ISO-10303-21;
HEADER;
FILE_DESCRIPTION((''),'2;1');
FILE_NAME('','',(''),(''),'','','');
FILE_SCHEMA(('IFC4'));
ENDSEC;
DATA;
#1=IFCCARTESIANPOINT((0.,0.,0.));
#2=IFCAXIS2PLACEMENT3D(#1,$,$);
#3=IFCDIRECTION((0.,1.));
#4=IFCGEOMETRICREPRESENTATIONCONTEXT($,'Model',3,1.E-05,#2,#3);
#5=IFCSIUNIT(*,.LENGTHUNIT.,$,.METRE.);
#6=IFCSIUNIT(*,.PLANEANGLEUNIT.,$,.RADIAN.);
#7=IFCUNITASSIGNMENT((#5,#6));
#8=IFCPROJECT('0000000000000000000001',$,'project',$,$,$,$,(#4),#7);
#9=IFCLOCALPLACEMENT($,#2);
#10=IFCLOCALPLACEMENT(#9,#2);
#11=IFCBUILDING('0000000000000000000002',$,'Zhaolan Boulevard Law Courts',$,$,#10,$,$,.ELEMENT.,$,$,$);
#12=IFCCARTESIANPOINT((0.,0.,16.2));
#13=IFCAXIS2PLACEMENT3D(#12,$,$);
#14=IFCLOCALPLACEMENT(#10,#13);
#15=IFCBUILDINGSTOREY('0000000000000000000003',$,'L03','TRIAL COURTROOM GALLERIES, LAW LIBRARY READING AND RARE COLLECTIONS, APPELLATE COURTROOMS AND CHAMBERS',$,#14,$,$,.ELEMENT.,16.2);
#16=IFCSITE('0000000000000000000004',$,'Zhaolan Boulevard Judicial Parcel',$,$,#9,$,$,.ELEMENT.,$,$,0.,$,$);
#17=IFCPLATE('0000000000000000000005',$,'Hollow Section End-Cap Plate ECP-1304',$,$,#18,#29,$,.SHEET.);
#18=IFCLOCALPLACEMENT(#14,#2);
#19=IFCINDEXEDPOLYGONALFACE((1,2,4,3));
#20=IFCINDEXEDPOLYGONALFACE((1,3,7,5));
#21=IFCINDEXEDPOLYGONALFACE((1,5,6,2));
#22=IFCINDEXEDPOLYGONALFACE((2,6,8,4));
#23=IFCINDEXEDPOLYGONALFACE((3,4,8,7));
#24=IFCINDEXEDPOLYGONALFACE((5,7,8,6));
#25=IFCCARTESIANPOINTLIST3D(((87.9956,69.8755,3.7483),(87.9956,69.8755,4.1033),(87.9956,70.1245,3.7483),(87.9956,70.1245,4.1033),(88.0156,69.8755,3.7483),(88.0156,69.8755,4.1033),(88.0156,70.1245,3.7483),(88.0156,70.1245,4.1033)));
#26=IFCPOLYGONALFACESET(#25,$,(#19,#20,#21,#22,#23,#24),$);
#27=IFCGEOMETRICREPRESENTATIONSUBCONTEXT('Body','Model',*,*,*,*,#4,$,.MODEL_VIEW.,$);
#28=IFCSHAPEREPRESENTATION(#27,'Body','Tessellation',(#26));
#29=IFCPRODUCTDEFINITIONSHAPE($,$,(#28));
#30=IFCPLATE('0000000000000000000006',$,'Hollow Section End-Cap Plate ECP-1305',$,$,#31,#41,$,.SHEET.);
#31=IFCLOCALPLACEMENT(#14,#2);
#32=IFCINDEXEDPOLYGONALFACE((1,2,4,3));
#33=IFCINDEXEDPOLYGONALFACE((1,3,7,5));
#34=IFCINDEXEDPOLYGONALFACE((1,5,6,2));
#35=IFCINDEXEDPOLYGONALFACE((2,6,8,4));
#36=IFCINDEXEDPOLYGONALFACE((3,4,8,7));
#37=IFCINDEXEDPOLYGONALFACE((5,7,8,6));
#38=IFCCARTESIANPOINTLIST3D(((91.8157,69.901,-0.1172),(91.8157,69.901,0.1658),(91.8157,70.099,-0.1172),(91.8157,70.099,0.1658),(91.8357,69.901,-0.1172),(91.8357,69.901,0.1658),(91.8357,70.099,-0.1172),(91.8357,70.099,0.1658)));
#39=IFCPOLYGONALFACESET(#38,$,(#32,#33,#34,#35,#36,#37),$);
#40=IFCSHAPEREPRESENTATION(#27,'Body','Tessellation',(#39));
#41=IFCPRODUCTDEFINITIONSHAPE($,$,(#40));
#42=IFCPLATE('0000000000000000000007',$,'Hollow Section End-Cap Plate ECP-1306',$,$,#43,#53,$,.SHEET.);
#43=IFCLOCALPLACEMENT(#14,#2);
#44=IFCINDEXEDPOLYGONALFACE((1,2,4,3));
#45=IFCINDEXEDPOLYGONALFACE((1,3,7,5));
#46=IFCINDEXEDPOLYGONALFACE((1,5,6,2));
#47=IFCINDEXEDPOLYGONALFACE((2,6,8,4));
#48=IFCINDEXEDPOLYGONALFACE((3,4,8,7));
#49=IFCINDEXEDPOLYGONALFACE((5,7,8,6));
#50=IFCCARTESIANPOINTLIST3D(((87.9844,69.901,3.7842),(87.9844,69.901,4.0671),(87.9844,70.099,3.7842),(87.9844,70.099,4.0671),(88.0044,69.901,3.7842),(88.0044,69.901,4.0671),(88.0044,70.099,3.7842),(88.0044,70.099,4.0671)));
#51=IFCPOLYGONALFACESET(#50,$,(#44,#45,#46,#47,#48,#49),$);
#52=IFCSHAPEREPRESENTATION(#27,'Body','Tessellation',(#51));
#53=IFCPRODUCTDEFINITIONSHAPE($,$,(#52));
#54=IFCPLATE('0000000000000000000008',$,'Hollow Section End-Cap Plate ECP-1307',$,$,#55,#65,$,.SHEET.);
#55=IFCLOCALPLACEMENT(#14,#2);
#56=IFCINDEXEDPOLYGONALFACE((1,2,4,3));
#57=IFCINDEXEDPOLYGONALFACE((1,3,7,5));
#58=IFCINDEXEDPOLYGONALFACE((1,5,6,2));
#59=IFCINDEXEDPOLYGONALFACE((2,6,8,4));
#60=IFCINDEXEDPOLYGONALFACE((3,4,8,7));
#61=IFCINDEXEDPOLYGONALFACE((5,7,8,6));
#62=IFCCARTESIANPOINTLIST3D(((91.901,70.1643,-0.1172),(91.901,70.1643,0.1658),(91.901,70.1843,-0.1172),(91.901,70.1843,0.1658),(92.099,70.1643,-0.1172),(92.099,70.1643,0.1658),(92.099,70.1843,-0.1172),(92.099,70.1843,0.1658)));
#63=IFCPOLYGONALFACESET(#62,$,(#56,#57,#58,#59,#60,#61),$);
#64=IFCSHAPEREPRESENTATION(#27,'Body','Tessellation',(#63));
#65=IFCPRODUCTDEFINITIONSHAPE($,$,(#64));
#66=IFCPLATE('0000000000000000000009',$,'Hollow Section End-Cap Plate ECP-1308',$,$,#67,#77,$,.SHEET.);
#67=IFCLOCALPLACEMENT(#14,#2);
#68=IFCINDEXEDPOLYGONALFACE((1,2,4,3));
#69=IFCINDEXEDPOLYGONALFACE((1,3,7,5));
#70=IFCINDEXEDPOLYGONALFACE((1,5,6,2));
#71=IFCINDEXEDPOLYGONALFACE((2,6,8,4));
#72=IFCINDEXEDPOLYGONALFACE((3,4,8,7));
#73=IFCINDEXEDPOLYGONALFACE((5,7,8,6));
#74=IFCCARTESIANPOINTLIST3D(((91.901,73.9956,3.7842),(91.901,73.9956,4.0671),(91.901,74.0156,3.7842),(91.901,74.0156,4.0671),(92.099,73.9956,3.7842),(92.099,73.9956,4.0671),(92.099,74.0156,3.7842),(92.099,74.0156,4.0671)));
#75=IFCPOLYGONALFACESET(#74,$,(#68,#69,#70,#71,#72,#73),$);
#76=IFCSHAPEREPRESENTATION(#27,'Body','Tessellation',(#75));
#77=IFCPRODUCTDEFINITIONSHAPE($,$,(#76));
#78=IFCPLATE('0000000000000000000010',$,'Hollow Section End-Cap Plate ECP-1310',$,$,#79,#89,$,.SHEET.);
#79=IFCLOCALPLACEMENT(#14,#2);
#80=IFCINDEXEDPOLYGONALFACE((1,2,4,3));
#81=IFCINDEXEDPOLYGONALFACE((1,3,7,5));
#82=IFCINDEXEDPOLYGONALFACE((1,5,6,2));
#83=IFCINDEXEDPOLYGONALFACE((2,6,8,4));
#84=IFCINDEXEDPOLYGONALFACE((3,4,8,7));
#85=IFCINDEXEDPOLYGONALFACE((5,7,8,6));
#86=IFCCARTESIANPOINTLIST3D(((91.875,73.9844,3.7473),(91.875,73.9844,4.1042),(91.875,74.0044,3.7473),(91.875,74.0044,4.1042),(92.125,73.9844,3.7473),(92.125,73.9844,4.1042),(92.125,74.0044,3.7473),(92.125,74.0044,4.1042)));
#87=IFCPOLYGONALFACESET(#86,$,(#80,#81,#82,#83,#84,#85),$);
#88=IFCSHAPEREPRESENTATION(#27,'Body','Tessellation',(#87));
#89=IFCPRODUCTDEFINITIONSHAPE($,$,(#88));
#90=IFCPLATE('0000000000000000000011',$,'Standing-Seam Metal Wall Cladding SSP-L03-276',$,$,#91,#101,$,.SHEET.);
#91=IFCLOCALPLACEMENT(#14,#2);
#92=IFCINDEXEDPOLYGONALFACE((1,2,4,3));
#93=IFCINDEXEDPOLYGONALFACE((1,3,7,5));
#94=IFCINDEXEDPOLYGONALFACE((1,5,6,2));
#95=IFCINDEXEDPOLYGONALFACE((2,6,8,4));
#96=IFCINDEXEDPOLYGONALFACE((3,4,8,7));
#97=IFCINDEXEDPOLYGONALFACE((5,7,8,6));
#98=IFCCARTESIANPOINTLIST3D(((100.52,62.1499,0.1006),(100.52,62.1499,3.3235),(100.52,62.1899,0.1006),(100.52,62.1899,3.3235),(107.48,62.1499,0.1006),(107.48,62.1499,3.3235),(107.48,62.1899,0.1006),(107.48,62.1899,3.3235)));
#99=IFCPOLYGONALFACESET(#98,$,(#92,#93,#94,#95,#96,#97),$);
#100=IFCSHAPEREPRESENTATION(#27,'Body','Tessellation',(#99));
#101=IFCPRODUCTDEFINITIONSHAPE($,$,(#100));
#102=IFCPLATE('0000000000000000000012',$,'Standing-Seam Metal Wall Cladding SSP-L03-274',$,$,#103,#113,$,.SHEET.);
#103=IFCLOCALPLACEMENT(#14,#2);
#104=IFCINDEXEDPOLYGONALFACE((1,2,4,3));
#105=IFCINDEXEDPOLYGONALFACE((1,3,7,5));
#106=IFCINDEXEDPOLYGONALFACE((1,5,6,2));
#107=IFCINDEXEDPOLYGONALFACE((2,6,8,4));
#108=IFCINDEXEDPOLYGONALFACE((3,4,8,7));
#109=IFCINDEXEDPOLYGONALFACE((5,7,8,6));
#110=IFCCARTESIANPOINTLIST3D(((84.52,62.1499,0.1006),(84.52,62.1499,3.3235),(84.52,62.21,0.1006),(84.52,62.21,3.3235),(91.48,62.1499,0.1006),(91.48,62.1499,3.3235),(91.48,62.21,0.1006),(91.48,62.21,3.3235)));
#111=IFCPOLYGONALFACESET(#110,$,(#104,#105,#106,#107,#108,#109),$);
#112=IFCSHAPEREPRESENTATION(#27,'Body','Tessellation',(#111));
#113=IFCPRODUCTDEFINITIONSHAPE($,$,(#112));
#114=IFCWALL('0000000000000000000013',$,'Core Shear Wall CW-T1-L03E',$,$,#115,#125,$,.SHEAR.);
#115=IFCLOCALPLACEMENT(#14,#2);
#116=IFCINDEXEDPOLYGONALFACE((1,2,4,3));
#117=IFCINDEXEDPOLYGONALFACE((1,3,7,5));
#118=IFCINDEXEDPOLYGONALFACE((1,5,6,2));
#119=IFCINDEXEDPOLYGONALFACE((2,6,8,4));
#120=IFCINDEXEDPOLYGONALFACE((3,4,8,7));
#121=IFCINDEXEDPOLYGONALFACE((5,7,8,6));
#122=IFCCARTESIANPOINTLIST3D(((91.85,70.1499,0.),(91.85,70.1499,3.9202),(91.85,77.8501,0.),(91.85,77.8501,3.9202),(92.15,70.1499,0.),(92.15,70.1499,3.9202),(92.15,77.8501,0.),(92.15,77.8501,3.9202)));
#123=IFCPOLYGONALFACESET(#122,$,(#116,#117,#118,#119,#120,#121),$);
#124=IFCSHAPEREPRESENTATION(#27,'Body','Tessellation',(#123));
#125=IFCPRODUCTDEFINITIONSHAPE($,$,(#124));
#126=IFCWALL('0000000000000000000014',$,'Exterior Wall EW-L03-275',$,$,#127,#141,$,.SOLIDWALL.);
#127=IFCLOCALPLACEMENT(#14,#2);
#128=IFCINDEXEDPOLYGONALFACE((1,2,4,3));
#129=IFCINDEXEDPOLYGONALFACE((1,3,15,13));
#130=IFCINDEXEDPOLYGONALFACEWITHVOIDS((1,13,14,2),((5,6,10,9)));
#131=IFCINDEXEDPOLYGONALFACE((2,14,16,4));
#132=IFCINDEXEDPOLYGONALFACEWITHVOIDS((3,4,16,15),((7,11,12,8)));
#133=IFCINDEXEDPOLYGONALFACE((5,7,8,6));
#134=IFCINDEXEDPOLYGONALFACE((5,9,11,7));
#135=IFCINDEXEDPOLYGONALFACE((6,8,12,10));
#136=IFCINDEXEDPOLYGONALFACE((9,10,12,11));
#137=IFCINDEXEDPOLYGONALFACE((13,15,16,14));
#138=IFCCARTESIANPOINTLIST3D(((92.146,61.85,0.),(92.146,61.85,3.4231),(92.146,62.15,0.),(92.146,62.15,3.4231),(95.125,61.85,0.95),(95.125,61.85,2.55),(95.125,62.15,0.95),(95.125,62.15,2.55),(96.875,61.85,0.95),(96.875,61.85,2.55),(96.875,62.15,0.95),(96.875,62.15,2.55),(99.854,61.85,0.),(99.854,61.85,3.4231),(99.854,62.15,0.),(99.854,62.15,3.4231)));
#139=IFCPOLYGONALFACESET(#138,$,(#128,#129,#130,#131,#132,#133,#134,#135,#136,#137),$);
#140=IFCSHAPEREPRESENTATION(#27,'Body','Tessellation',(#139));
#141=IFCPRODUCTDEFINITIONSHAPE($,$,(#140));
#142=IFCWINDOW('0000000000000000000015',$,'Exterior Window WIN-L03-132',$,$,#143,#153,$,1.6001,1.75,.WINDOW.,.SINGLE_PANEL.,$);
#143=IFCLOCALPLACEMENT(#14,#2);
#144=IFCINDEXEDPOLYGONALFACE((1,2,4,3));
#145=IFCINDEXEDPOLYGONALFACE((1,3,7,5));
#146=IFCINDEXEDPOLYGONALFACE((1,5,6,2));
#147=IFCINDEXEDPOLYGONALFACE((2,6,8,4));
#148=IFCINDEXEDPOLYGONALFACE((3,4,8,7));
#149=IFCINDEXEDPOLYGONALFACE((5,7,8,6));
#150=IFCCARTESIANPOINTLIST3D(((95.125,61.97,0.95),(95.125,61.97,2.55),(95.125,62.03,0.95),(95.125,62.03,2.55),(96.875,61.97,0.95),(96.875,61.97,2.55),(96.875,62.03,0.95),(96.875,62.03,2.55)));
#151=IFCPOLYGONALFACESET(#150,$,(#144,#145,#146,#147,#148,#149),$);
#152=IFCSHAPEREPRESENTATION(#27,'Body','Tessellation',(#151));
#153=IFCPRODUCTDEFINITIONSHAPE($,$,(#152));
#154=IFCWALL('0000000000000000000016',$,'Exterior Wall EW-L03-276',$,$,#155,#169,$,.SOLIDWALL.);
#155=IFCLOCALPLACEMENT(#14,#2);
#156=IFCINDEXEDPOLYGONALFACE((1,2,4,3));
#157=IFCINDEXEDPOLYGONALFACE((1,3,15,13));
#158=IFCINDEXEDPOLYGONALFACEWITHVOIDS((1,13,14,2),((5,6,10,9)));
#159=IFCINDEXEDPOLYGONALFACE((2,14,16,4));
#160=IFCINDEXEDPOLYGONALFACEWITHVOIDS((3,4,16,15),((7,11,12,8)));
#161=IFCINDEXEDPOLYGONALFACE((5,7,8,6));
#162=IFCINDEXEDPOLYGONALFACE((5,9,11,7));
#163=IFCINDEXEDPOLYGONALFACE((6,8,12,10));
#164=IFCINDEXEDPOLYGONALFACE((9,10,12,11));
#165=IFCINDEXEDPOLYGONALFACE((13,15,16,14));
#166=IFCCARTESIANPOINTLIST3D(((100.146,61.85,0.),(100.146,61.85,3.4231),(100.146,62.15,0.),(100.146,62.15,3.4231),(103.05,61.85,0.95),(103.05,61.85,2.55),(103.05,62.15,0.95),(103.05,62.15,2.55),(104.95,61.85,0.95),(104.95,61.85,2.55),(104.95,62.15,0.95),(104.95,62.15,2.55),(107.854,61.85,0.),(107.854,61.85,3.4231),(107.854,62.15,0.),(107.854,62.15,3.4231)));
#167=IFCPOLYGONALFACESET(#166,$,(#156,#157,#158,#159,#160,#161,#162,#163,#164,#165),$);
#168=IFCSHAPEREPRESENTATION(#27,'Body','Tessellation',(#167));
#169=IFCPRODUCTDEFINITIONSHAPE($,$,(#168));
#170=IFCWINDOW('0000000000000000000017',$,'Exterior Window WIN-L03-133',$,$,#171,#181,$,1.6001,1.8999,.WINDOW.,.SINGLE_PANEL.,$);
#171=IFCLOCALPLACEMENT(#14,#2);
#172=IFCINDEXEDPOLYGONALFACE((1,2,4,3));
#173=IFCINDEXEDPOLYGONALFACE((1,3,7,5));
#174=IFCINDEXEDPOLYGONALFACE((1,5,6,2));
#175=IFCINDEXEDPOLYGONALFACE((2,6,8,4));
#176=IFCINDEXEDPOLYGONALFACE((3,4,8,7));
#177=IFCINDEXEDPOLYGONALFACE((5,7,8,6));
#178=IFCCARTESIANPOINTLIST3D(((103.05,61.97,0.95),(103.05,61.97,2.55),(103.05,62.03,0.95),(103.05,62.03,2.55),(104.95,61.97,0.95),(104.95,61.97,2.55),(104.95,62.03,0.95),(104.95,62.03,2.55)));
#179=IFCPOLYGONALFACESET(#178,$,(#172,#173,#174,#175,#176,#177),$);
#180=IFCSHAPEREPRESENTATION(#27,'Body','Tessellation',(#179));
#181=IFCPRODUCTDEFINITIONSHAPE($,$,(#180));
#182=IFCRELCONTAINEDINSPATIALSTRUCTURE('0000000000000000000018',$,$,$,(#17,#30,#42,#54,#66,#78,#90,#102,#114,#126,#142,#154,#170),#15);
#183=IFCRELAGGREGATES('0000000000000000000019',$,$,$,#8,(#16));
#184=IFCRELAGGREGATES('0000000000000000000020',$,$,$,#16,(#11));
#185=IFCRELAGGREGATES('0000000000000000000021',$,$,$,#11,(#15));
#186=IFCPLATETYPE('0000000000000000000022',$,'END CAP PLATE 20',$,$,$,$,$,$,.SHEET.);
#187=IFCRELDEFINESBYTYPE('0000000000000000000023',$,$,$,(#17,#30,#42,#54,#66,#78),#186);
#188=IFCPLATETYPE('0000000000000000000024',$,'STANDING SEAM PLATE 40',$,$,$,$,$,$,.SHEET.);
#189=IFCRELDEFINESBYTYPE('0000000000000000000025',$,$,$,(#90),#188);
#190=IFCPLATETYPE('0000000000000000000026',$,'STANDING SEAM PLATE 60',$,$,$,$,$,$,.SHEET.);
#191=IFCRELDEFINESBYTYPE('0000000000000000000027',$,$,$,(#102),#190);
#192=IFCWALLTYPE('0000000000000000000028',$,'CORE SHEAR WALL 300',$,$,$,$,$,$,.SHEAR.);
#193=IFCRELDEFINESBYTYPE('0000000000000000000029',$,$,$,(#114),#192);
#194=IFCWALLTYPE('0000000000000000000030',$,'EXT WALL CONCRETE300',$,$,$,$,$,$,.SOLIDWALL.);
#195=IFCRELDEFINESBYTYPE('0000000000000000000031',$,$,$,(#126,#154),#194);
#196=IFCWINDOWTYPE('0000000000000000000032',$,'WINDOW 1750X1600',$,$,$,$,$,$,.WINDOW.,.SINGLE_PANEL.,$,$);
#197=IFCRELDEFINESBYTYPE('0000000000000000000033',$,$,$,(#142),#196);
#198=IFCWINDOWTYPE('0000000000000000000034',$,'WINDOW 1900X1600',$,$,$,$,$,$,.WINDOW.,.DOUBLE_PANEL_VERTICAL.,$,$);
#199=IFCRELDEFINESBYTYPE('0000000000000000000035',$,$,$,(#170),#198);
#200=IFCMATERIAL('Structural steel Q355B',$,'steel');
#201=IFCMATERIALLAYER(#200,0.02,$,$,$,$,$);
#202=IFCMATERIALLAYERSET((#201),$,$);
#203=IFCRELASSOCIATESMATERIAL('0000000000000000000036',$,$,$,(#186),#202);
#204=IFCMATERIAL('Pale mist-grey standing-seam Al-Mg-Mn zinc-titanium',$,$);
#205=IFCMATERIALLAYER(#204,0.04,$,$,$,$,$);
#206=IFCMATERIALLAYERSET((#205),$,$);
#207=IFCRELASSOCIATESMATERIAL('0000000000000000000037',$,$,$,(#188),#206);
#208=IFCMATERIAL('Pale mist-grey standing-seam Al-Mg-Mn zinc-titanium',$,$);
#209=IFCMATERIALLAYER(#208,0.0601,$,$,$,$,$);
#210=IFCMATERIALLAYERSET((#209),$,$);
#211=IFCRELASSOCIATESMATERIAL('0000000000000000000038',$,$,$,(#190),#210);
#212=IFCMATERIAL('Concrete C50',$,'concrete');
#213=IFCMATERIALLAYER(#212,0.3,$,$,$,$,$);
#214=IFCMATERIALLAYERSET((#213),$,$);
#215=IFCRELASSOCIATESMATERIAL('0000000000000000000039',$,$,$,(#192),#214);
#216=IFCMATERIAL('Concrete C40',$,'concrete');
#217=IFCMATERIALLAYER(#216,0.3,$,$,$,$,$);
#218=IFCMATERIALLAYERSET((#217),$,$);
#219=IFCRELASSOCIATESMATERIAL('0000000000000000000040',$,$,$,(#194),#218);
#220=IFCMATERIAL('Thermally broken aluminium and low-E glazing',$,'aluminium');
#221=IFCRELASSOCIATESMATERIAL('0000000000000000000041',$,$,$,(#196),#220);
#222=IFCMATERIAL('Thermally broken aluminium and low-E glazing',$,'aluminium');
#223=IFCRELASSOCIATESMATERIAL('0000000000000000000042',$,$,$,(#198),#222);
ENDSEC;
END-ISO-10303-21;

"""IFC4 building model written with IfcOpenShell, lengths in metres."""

from ifc_helpers import new_model, si_unit, direction, frame, frame_2d, origin, origin_2d, place, context, subcontext, project, spatial, rectangle, extrude, material, layer, layer_set, type_object, element, fill, save


model = new_model("IFC4")

# Units and contexts
model_context = context("Model", 3, precision=1e-05, world=origin(), true_north=direction((0.0, 1.0)))
body_context = subcontext(model_context, "Body", "Model", "MODEL_VIEW")
ifc_project = project(units=[si_unit("LENGTHUNIT", "METRE"), si_unit("PLANEANGLEUNIT", "RADIAN")], contexts=[model_context])

# Site, building, storey
site_placement = place(None, origin())
site = spatial("IfcSite", under=ifc_project, at=site_placement, Name="Zhaolan Boulevard Judicial Parcel", CompositionType="ELEMENT", RefElevation=0.0)
building_placement = place(site_placement, origin())
building = spatial("IfcBuilding", under=site, at=building_placement, Name="Zhaolan Boulevard Law Courts", CompositionType="ELEMENT")
storey_placement = place(building_placement, frame((0.0, 0.0, 16.2)))
storey = spatial("IfcBuildingStorey", under=building, at=storey_placement, Name="L03", Description="TRIAL COURTROOM GALLERIES, LAW LIBRARY READING AND RARE COLLECTIONS, APPELLATE COURTROOMS AND CHAMBERS", CompositionType="ELEMENT", Elevation=16.2)

# Plates
ifc_material_1 = material(Name="Structural steel Q355B", Category="steel")
ifc_layer_1 = layer(ifc_material_1, 0.02)
ifc_layer_set_1 = layer_set([ifc_layer_1])
plate_type_1 = type_object("IfcPlateType", Name="END CAP PLATE 20", PredefinedType="SHEET", material=ifc_layer_set_1)
plate_1_placement = place(storey_placement, frame((88.0056, 70.0, 3.7483), z_axis=(0.0, 0.0, 1.0), x_axis=(1.0, 0.0, 0.0)))
element("IfcPlate", 1, at=plate_1_placement, inside=storey, type_object=plate_type_1, Name="Hollow Section End-Cap Plate ECP-1304", PredefinedType="SHEET", context=body_context, shape_type="SweptSolid", body=[
    extrude(rectangle(XDim=0.02, YDim=0.249, at=origin_2d()), origin(), (0.0, 0.0, 1.0), 0.355),
])
for number, where, z_axis, x_axis, name in (
    (2, (91.8257, 70.0, -0.1172), (0.0, 0.0, 1.0), (-1.0, 0.0, 0.0), "Hollow Section End-Cap Plate ECP-1305"),
    (3, (87.9944, 70.0, 3.7842), (0.0, 0.0, 1.0), (-1.0, 0.0, 0.0), "Hollow Section End-Cap Plate ECP-1306"),
    (4, (92.0, 70.1743, -0.1172), (0.0, 0.0, 1.0), (0.0, 1.0, 0.0), "Hollow Section End-Cap Plate ECP-1307"),
    (5, (92.0, 74.0056, 3.7842), (0.0, 0.0, 1.0), (0.0, 1.0, 0.0), "Hollow Section End-Cap Plate ECP-1308"),
):
    element("IfcPlate", number, at=place(storey_placement, frame(where, z_axis=z_axis, x_axis=x_axis)), inside=storey, type_object=plate_type_1, Name=name, PredefinedType="SHEET", context=body_context, shape_type="SweptSolid", body=[
        extrude(rectangle(XDim=0.02, YDim=0.198, at=origin_2d()), origin(), (0.0, 0.0, 1.0), 0.283),
    ])
plate_2_placement = place(storey_placement, frame((92.0, 73.9944, 3.7473), z_axis=(0.0, 0.0, 1.0), x_axis=(0.0, -1.0, 0.0)))
element("IfcPlate", 6, at=plate_2_placement, inside=storey, type_object=plate_type_1, Name="Hollow Section End-Cap Plate ECP-1310", PredefinedType="SHEET", context=body_context, shape_type="SweptSolid", body=[
    extrude(rectangle(XDim=0.02, YDim=0.25, at=origin_2d()), origin(), (0.0, 0.0, 1.0), 0.3569),
])
ifc_material_2 = material(Name="Pale mist-grey standing-seam Al-Mg-Mn zinc-titanium")
ifc_layer_2 = layer(ifc_material_2, 0.04)
ifc_layer_set_2 = layer_set([ifc_layer_2])
plate_type_2 = type_object("IfcPlateType", Name="STANDING SEAM PLATE 40", PredefinedType="SHEET", material=ifc_layer_set_2)
plate_3_placement = place(storey_placement, frame((104.0, 62.1699, 0.1006), z_axis=(0.0, 0.0, 1.0), x_axis=(1.0, 0.0, 0.0)))
element("IfcPlate", 7, at=plate_3_placement, inside=storey, type_object=plate_type_2, Name="Standing-Seam Metal Wall Cladding SSP-L03-276", PredefinedType="SHEET", context=body_context, shape_type="SweptSolid", body=[
    extrude(rectangle(XDim=6.96, YDim=0.04, at=origin_2d()), origin(), (0.0, 0.0, 1.0), 3.2229),
])
ifc_material_3 = material(Name="Pale mist-grey standing-seam Al-Mg-Mn zinc-titanium")
ifc_layer_3 = layer(ifc_material_3, 0.0601)
ifc_layer_set_3 = layer_set([ifc_layer_3])
plate_type_3 = type_object("IfcPlateType", Name="STANDING SEAM PLATE 60", PredefinedType="SHEET", material=ifc_layer_set_3)
plate_4_placement = place(storey_placement, frame((88.0, 62.1799, 0.1006), z_axis=(0.0, 0.0, 1.0), x_axis=(1.0, 0.0, 0.0)))
element("IfcPlate", 8, at=plate_4_placement, inside=storey, type_object=plate_type_3, Name="Standing-Seam Metal Wall Cladding SSP-L03-274", PredefinedType="SHEET", context=body_context, shape_type="SweptSolid", body=[
    extrude(rectangle(XDim=6.96, YDim=0.0601, at=origin_2d()), origin(), (0.0, 0.0, 1.0), 3.2229),
])

# Wall
ifc_material_4 = material(Name="Concrete C50", Category="concrete")
ifc_layer_4 = layer(ifc_material_4, 0.3)
ifc_layer_set_4 = layer_set([ifc_layer_4])
wall_type_1 = type_object("IfcWallType", Name="CORE SHEAR WALL 300", PredefinedType="SHEAR", material=ifc_layer_set_4)
wall_1_placement = place(storey_placement, frame((92.0, 70.1499, 0.0), z_axis=(0.0, 0.0, 1.0), x_axis=(0.0, 1.0, 0.0)))
element("IfcWall", 9, at=wall_1_placement, inside=storey, type_object=wall_type_1, Name="Core Shear Wall CW-T1-L03E", PredefinedType="SHEAR", context=body_context, shape_type="SweptSolid", body=[
    extrude(rectangle(XDim=7.7002, YDim=0.3, at=frame_2d((3.8501, 0.0))), origin(), (0.0, 0.0, 1.0), 3.9202),
])

# Walls, openings, windows
ifc_material_5 = material(Name="Concrete C40", Category="concrete")
ifc_layer_5 = layer(ifc_material_5, 0.3)
ifc_layer_set_5 = layer_set([ifc_layer_5])
wall_type_2 = type_object("IfcWallType", Name="EXT WALL CONCRETE300", PredefinedType="SOLIDWALL", material=ifc_layer_set_5)
wall_2_placement = place(storey_placement, frame((92.146, 62.0, 0.0), z_axis=(0.0, 0.0, 1.0), x_axis=(1.0, 0.0, 0.0)))
wall_2 = element("IfcWall", 10, at=wall_2_placement, inside=storey, type_object=wall_type_2, Name="Exterior Wall EW-L03-275", PredefinedType="SOLIDWALL", context=body_context, shape_type="SweptSolid", body=[
    extrude(rectangle(XDim=7.708, YDim=0.3, at=frame_2d((3.854, 0.0))), origin(), (0.0, 0.0, 1.0), 3.4231),
])
opening_1_placement = place(wall_2_placement, frame((2.979, 0.0, 0.95)))
opening_1 = element("IfcOpeningElement", 11, at=opening_1_placement, cuts=wall_2, PredefinedType="OPENING", context=body_context, shape_type="SweptSolid", body=[
    extrude(rectangle(XDim=1.75, YDim=1.6001, at=frame_2d((0.875, 0.8))), frame((0.0, 0.1599, 0.0), z_axis=(0.0, -1.0, 0.0), x_axis=(1.0, 0.0, 0.0)), (0.0, 0.0, 1.0), 0.3201),
])
ifc_material_6 = material(Name="Thermally broken aluminium and low-E glazing", Category="aluminium")
window_type_1 = type_object("IfcWindowType", Name="WINDOW 1750X1600", PartitioningType="SINGLE_PANEL", PredefinedType="WINDOW", material=ifc_material_6)
window_1_placement = place(opening_1_placement, origin())
window_1 = element("IfcWindow", 12, at=window_1_placement, inside=storey, type_object=window_type_1, Name="Exterior Window WIN-L03-132", OverallHeight=1.6001, OverallWidth=1.75, PartitioningType="SINGLE_PANEL", PredefinedType="WINDOW", context=body_context, shape_type="SweptSolid", body=[
    extrude(rectangle(XDim=1.75, YDim=1.6001, at=frame_2d((0.875, 0.8))), frame((0.0, 0.03, 0.0), z_axis=(0.0, -1.0, 0.0), x_axis=(1.0, 0.0, 0.0)), (0.0, 0.0, 1.0), 0.0601),
])
fill(opening_1, window_1)
wall_3_placement = place(storey_placement, frame((100.146, 62.0, 0.0), z_axis=(0.0, 0.0, 1.0), x_axis=(1.0, 0.0, 0.0)))
wall_3 = element("IfcWall", 13, at=wall_3_placement, inside=storey, type_object=wall_type_2, Name="Exterior Wall EW-L03-276", PredefinedType="SOLIDWALL", context=body_context, shape_type="SweptSolid", body=[
    extrude(rectangle(XDim=7.708, YDim=0.3, at=frame_2d((3.854, 0.0))), origin(), (0.0, 0.0, 1.0), 3.4231),
])
opening_2_placement = place(wall_3_placement, frame((2.9041, 0.0, 0.95)))
opening_2 = element("IfcOpeningElement", 14, at=opening_2_placement, cuts=wall_3, PredefinedType="OPENING", context=body_context, shape_type="SweptSolid", body=[
    extrude(rectangle(XDim=1.8999, YDim=1.6001, at=frame_2d((0.95, 0.8))), frame((0.0, 0.1599, 0.0), z_axis=(0.0, -1.0, 0.0), x_axis=(1.0, 0.0, 0.0)), (0.0, 0.0, 1.0), 0.3201),
])
ifc_material_7 = material(Name="Thermally broken aluminium and low-E glazing", Category="aluminium")
window_type_2 = type_object("IfcWindowType", Name="WINDOW 1900X1600", PartitioningType="DOUBLE_PANEL_VERTICAL", PredefinedType="WINDOW", material=ifc_material_7)
window_2_placement = place(opening_2_placement, origin())
window_2 = element("IfcWindow", 15, at=window_2_placement, inside=storey, type_object=window_type_2, Name="Exterior Window WIN-L03-133", OverallHeight=1.6001, OverallWidth=1.8999, PartitioningType="SINGLE_PANEL", PredefinedType="WINDOW", context=body_context, shape_type="SweptSolid", body=[
    extrude(rectangle(XDim=1.8999, YDim=1.6001, at=frame_2d((0.95, 0.8))), frame((0.0, 0.03, 0.0), z_axis=(0.0, -1.0, 0.0), x_axis=(1.0, 0.0, 0.0)), (0.0, 0.0, 1.0), 0.0601),
])
fill(opening_2, window_2)

save(model, "model.ifc")
